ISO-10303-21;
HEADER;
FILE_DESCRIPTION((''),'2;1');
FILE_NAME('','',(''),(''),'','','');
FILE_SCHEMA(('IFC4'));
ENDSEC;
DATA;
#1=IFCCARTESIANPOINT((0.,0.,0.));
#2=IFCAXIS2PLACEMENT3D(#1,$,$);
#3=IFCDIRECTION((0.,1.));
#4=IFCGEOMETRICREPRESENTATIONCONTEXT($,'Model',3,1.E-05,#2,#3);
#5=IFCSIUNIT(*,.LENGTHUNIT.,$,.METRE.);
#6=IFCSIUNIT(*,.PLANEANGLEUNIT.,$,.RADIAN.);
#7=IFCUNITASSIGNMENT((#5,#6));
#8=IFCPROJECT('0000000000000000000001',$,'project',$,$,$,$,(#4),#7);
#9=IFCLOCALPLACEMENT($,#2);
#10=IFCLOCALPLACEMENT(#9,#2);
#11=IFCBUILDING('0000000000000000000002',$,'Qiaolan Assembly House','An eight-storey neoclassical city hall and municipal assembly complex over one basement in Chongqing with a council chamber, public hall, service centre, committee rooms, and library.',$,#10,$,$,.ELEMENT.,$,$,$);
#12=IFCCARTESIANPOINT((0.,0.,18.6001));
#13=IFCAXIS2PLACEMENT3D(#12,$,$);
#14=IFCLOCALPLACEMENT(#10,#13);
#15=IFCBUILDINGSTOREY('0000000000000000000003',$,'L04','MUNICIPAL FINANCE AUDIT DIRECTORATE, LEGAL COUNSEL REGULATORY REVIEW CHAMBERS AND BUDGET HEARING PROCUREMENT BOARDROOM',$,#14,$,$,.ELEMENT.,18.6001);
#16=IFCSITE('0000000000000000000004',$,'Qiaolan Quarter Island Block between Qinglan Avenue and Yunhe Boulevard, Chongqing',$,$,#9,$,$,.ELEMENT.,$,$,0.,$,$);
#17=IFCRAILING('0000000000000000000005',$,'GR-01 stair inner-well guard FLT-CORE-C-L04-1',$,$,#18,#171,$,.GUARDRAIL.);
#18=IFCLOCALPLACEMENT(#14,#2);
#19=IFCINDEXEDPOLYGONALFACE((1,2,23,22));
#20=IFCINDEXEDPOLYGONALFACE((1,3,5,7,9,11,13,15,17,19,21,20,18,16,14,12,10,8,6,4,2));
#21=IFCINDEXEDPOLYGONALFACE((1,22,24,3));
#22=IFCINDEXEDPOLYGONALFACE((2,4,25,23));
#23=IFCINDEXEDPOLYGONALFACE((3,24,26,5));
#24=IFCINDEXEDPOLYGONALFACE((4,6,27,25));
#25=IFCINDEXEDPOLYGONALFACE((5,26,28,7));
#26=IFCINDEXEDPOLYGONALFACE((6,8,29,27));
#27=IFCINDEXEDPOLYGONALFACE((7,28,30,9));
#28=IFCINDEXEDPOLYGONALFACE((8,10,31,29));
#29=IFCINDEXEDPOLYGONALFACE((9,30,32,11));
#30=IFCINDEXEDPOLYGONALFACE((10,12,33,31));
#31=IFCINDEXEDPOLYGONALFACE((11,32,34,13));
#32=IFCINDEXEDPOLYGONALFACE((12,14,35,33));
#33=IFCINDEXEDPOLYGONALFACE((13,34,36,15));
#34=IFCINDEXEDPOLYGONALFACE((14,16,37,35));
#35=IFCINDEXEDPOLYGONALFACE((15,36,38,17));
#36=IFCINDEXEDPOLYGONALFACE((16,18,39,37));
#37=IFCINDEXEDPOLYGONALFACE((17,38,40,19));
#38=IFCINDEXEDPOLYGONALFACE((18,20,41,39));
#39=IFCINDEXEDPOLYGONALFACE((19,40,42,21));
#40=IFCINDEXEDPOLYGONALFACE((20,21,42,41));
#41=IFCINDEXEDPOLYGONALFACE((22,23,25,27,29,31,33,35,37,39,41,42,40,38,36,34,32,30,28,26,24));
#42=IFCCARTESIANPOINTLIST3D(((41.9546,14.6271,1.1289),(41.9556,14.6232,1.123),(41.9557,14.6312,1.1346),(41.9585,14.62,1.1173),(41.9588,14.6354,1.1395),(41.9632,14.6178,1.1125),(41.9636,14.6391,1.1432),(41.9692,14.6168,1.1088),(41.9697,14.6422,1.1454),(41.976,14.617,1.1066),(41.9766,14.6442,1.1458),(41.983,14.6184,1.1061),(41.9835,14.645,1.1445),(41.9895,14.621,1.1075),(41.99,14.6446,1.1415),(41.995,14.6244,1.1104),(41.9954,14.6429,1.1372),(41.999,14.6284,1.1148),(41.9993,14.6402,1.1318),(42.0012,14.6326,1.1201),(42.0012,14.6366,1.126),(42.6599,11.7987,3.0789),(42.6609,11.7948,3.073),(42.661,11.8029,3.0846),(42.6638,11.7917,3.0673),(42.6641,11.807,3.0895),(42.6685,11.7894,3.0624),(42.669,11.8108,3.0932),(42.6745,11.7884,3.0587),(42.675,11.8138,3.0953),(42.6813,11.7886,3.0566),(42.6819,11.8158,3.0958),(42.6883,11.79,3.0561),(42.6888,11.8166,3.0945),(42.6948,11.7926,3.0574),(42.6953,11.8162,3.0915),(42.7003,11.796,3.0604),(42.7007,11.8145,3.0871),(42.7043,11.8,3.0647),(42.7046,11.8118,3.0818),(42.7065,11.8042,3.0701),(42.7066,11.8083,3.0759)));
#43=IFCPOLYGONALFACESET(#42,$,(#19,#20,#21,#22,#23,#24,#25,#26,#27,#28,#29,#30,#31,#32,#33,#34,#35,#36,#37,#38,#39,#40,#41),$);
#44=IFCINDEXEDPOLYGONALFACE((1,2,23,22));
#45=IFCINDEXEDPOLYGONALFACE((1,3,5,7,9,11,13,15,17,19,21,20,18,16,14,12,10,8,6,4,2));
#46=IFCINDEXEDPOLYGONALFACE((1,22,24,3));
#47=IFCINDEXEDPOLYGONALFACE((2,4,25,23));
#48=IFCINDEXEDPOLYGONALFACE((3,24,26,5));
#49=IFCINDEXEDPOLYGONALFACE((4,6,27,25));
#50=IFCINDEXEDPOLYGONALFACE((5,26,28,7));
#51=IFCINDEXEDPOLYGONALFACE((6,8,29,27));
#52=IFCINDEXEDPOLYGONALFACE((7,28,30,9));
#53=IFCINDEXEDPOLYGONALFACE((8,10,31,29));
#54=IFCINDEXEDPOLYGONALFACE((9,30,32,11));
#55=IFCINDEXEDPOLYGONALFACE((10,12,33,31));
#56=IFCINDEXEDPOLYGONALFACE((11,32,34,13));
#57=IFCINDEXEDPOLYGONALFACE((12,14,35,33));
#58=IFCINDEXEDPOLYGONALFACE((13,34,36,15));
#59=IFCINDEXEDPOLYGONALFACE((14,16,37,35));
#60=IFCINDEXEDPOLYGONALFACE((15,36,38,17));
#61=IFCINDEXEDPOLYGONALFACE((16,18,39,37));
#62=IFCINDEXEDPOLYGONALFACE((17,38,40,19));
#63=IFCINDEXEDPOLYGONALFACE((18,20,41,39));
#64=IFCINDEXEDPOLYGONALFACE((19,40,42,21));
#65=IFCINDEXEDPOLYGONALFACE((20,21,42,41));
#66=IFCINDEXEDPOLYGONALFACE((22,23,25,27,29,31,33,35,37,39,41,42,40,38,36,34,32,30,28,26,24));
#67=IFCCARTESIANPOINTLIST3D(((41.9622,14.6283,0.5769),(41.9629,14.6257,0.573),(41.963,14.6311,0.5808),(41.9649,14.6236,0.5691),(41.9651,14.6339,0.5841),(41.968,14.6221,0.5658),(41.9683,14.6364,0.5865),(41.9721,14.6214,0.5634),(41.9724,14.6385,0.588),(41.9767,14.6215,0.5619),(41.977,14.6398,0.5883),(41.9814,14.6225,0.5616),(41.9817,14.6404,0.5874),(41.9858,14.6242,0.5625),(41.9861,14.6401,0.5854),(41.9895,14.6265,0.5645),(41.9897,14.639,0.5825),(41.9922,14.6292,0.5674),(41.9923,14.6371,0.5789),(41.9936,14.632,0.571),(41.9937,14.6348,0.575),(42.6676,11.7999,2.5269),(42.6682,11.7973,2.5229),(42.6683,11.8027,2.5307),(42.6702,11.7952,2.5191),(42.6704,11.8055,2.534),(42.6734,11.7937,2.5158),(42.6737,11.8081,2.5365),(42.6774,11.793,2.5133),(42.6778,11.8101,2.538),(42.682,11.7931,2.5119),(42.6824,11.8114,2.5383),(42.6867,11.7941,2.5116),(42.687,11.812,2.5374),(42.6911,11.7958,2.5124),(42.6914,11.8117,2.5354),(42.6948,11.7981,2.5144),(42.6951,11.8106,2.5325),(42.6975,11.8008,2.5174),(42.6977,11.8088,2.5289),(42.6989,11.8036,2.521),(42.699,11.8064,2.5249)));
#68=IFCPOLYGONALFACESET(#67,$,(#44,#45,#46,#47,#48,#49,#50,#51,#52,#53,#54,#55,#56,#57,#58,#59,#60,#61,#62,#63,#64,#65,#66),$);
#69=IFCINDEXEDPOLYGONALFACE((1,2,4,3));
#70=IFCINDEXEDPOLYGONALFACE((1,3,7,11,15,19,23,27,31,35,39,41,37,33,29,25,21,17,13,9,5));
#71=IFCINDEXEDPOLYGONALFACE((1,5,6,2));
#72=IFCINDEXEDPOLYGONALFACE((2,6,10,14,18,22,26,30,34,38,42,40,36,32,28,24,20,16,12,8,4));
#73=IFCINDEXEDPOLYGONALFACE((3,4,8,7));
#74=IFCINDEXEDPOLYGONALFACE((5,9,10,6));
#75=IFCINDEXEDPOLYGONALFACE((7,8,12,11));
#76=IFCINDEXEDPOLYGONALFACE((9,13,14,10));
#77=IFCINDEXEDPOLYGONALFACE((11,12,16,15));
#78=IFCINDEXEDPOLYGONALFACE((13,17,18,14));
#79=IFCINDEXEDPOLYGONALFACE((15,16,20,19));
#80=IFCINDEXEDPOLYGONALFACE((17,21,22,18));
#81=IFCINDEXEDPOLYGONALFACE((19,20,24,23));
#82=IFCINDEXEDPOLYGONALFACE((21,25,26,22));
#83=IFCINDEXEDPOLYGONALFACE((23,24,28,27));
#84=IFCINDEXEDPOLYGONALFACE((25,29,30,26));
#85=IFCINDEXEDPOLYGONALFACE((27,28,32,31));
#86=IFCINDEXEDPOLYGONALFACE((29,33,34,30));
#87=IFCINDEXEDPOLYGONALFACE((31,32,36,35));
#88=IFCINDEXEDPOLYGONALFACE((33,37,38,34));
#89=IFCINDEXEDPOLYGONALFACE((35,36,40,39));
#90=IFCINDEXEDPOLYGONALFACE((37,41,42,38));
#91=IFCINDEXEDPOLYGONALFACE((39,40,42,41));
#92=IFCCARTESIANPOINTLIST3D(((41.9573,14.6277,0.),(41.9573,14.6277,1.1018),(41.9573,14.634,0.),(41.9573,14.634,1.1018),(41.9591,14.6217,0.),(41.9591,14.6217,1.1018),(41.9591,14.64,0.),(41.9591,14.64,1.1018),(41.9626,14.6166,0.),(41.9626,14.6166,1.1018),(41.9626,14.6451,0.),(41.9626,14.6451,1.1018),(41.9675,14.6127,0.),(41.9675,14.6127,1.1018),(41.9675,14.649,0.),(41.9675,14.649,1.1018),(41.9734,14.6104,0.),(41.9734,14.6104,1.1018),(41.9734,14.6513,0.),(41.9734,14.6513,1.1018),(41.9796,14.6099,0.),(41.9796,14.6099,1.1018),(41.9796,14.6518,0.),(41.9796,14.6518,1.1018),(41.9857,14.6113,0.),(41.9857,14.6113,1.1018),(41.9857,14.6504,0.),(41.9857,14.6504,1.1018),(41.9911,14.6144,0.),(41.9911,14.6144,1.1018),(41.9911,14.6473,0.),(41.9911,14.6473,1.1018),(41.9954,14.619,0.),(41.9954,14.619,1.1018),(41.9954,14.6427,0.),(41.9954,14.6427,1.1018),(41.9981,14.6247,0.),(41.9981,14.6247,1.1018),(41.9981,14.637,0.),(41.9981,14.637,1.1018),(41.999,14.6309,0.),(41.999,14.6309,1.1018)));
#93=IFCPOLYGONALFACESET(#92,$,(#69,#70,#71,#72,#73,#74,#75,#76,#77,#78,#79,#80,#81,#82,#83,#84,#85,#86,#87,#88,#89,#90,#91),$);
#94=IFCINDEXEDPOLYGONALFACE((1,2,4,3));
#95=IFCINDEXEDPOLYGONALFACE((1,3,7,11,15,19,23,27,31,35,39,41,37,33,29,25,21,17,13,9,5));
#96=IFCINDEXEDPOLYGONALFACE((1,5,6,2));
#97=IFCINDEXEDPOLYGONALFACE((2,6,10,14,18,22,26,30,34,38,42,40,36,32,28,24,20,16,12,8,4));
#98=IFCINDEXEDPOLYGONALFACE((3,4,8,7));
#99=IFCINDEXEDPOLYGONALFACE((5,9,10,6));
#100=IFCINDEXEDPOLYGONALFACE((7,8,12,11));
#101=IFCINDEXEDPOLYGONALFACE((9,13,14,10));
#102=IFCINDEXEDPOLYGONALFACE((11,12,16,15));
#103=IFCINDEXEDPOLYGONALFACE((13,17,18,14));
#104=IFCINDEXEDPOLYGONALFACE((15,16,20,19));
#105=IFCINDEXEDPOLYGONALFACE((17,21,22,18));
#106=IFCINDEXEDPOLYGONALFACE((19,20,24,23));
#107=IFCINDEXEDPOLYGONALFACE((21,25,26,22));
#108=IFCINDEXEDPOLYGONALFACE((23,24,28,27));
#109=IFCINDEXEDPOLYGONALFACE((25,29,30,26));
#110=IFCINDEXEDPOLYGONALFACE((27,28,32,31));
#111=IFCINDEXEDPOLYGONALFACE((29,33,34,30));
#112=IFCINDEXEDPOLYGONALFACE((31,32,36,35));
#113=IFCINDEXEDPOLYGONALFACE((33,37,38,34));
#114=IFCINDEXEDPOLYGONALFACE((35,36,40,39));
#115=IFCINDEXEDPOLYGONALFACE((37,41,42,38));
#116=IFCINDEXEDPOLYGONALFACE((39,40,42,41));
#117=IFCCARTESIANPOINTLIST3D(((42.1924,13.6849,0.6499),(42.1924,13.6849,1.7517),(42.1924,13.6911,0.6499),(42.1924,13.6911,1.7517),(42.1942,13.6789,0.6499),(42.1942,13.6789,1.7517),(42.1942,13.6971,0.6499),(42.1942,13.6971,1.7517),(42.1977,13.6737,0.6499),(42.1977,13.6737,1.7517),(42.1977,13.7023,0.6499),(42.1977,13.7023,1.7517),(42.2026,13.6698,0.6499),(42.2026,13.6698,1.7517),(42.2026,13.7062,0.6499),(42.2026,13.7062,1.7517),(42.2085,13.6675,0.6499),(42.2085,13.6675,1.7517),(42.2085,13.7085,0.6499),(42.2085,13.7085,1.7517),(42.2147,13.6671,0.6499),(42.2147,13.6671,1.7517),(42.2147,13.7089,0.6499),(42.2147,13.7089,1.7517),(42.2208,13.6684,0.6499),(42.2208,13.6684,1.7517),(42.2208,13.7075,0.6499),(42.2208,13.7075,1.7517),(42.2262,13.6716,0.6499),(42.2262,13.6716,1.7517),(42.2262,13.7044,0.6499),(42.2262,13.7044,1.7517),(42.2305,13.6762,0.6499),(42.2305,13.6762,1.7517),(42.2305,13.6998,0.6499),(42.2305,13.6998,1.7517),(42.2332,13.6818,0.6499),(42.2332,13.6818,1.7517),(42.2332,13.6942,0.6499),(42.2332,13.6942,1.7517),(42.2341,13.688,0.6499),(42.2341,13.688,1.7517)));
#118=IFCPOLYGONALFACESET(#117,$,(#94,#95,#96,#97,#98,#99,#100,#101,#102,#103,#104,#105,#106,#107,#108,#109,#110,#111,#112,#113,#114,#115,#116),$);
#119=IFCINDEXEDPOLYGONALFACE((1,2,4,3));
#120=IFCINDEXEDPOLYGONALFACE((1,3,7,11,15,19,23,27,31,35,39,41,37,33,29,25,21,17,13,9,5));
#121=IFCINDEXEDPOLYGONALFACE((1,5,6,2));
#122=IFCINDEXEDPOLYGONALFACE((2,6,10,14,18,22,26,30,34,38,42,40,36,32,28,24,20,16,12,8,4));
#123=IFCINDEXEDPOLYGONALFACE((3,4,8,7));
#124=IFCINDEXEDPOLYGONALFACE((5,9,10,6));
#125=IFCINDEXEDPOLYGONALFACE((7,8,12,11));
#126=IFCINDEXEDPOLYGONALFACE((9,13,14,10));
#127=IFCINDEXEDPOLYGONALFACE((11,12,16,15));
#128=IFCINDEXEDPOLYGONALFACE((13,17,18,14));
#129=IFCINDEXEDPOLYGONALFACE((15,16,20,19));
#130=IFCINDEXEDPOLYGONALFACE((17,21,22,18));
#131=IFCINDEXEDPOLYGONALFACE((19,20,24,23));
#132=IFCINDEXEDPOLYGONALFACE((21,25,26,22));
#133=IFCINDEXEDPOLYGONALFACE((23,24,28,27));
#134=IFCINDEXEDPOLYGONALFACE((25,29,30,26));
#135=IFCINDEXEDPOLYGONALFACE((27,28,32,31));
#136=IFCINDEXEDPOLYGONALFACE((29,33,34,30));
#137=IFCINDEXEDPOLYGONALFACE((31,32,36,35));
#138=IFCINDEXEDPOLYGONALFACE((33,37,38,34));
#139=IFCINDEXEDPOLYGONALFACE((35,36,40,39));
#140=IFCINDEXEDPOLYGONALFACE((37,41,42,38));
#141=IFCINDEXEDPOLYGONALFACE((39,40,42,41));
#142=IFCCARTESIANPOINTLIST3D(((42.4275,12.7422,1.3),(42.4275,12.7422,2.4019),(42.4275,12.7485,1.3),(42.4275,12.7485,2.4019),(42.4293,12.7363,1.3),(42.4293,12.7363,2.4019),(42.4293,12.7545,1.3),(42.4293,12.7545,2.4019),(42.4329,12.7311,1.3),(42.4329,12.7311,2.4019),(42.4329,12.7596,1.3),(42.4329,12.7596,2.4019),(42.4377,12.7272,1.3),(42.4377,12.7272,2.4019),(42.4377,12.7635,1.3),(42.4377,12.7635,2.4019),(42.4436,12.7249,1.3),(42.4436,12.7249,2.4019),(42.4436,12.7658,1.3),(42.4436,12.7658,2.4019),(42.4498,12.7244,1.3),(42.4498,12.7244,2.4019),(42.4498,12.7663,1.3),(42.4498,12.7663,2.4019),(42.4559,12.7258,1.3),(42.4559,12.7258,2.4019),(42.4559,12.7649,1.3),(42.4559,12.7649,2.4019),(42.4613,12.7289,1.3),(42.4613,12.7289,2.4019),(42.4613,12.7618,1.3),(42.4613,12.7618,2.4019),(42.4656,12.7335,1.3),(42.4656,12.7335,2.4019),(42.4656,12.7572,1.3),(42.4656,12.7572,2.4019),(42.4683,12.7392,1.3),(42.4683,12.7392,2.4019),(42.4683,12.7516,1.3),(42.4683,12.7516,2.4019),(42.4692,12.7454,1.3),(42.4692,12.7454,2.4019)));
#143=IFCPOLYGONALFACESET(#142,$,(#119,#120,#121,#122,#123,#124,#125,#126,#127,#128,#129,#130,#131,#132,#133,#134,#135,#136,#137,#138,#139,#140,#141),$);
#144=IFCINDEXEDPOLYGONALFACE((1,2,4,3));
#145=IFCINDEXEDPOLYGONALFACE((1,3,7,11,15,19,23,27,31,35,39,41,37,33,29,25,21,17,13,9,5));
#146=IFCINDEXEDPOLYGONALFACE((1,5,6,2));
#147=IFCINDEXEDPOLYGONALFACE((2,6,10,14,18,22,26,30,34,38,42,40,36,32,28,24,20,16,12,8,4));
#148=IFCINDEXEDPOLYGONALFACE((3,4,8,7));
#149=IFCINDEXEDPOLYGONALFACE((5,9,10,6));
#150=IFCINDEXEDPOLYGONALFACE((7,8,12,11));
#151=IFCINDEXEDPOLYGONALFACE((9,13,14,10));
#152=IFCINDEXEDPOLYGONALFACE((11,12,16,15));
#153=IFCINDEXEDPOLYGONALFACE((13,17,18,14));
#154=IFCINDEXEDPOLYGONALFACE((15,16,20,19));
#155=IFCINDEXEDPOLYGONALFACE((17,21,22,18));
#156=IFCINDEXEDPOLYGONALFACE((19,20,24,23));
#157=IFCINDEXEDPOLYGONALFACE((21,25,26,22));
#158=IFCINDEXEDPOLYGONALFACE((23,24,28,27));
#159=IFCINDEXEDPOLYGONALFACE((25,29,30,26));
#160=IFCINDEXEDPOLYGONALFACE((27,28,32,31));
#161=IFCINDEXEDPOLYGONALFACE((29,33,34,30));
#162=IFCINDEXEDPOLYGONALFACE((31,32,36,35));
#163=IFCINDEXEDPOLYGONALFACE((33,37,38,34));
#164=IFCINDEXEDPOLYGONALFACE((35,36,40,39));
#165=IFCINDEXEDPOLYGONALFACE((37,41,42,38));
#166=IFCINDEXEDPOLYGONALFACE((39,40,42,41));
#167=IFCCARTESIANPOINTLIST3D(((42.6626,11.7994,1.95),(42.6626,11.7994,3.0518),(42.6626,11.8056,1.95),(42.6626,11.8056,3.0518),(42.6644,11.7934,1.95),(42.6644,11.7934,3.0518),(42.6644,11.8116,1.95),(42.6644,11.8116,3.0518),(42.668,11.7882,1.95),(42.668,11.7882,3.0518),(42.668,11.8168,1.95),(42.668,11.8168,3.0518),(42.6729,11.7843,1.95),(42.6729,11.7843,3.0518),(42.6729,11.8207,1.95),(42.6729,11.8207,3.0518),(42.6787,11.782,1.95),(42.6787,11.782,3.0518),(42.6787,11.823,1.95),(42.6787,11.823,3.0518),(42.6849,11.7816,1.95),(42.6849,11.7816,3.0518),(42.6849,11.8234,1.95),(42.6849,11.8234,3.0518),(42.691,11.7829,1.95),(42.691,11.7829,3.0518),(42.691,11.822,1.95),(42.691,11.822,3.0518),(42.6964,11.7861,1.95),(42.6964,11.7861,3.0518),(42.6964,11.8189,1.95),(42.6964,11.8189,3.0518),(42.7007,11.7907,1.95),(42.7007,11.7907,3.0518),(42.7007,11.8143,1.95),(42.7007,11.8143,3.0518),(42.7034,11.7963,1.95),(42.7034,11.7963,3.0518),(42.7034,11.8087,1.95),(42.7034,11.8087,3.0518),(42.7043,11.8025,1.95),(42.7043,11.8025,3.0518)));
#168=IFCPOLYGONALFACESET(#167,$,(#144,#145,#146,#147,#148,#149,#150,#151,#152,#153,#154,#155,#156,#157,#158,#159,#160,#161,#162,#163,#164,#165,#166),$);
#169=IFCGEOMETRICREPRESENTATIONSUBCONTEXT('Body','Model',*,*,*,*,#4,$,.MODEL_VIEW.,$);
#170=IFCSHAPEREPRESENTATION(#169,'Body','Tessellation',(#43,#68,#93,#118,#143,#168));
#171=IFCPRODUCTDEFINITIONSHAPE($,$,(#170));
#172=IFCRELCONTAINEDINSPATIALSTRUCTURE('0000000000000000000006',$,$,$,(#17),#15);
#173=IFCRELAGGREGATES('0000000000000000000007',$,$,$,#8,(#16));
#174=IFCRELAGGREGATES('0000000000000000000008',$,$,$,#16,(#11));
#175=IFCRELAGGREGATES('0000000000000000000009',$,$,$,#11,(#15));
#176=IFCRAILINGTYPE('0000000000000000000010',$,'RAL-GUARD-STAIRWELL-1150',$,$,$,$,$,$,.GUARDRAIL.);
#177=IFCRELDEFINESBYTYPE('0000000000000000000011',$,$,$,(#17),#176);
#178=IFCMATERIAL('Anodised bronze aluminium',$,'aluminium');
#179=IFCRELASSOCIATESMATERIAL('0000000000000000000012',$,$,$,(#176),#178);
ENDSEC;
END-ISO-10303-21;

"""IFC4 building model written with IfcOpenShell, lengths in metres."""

from ifc_helpers import new_model, si_unit, direction, frame, origin, origin_2d, place, context, subcontext, project, spatial, circle, extrude, material, type_object, element, save


model = new_model("IFC4")

# Units and contexts
model_context = context("Model", 3, precision=1e-05, world=origin(), true_north=direction((0.0, 1.0)))
body_context = subcontext(model_context, "Body", "Model", "MODEL_VIEW")
ifc_project = project(units=[si_unit("LENGTHUNIT", "METRE"), si_unit("PLANEANGLEUNIT", "RADIAN")], contexts=[model_context])

# Site, building, storey
site_placement = place(None, origin())
site = spatial("IfcSite", under=ifc_project, at=site_placement, Name="Qiaolan Quarter Island Block between Qinglan Avenue and Yunhe Boulevard, Chongqing", CompositionType="ELEMENT", RefElevation=0.0)
building_placement = place(site_placement, origin())
building = spatial("IfcBuilding", under=site, at=building_placement, Name="Qiaolan Assembly House", Description="An eight-storey neoclassical city hall and municipal assembly complex over one basement in Chongqing with a council chamber, public hall, service centre, committee rooms, and library.", CompositionType="ELEMENT")
storey_placement = place(building_placement, frame((0.0, 0.0, 18.6001)))
storey = spatial("IfcBuildingStorey", under=building, at=storey_placement, Name="L04", Description="MUNICIPAL FINANCE AUDIT DIRECTORATE, LEGAL COUNSEL REGULATORY REVIEW CHAMBERS AND BUDGET HEARING PROCUREMENT BOARDROOM", CompositionType="ELEMENT", Elevation=18.6001)

# Railing
ifc_material_1 = material(Name="Anodised bronze aluminium", Category="aluminium")
railing_type_1 = type_object("IfcRailingType", Name="RAL-GUARD-STAIRWELL-1150", PredefinedType="GUARDRAIL", material=ifc_material_1)
railing_1_placement = place(storey_placement, frame((41.978, 14.6309, 0.0)))
element("IfcRailing", 1, at=railing_1_placement, inside=storey, type_object=railing_type_1, Name="GR-01 stair inner-well guard FLT-CORE-C-L04-1", PredefinedType="GUARDRAIL", context=body_context, shape_type="SweptSolid", body=[
    extrude(circle(Radius=0.0239, at=origin_2d()), frame((0.0, 0.0, 1.126), z_axis=(0.201115, -0.806479, 0.556008), x_axis=(0.970285, 0.241964, 0.0)), (0.0, 0.0, 1.0), 3.5071),
    extrude(circle(Radius=0.0161, at=origin_2d()), frame((0.0, 0.0, 0.575), z_axis=(0.201115, -0.806479, 0.556008), x_axis=(0.970285, 0.241964, 0.0)), (0.0, 0.0, 1.0), 3.5071),
    extrude(circle(Radius=0.021, at=origin_2d()), origin(), (0.0, 0.0, 1.0), 1.1018),
    extrude(circle(Radius=0.021, at=origin_2d()), frame((0.2351, -0.9429, 0.6499)), (0.0, 0.0, 1.0), 1.1018),
    extrude(circle(Radius=0.021, at=origin_2d()), frame((0.4702, -1.8855, 1.3)), (0.0, 0.0, 1.0), 1.1018),
    extrude(circle(Radius=0.021, at=origin_2d()), frame((0.7053, -2.8284, 1.95)), (0.0, 0.0, 1.0), 1.1018),
])

save(model, "model.ifc")
